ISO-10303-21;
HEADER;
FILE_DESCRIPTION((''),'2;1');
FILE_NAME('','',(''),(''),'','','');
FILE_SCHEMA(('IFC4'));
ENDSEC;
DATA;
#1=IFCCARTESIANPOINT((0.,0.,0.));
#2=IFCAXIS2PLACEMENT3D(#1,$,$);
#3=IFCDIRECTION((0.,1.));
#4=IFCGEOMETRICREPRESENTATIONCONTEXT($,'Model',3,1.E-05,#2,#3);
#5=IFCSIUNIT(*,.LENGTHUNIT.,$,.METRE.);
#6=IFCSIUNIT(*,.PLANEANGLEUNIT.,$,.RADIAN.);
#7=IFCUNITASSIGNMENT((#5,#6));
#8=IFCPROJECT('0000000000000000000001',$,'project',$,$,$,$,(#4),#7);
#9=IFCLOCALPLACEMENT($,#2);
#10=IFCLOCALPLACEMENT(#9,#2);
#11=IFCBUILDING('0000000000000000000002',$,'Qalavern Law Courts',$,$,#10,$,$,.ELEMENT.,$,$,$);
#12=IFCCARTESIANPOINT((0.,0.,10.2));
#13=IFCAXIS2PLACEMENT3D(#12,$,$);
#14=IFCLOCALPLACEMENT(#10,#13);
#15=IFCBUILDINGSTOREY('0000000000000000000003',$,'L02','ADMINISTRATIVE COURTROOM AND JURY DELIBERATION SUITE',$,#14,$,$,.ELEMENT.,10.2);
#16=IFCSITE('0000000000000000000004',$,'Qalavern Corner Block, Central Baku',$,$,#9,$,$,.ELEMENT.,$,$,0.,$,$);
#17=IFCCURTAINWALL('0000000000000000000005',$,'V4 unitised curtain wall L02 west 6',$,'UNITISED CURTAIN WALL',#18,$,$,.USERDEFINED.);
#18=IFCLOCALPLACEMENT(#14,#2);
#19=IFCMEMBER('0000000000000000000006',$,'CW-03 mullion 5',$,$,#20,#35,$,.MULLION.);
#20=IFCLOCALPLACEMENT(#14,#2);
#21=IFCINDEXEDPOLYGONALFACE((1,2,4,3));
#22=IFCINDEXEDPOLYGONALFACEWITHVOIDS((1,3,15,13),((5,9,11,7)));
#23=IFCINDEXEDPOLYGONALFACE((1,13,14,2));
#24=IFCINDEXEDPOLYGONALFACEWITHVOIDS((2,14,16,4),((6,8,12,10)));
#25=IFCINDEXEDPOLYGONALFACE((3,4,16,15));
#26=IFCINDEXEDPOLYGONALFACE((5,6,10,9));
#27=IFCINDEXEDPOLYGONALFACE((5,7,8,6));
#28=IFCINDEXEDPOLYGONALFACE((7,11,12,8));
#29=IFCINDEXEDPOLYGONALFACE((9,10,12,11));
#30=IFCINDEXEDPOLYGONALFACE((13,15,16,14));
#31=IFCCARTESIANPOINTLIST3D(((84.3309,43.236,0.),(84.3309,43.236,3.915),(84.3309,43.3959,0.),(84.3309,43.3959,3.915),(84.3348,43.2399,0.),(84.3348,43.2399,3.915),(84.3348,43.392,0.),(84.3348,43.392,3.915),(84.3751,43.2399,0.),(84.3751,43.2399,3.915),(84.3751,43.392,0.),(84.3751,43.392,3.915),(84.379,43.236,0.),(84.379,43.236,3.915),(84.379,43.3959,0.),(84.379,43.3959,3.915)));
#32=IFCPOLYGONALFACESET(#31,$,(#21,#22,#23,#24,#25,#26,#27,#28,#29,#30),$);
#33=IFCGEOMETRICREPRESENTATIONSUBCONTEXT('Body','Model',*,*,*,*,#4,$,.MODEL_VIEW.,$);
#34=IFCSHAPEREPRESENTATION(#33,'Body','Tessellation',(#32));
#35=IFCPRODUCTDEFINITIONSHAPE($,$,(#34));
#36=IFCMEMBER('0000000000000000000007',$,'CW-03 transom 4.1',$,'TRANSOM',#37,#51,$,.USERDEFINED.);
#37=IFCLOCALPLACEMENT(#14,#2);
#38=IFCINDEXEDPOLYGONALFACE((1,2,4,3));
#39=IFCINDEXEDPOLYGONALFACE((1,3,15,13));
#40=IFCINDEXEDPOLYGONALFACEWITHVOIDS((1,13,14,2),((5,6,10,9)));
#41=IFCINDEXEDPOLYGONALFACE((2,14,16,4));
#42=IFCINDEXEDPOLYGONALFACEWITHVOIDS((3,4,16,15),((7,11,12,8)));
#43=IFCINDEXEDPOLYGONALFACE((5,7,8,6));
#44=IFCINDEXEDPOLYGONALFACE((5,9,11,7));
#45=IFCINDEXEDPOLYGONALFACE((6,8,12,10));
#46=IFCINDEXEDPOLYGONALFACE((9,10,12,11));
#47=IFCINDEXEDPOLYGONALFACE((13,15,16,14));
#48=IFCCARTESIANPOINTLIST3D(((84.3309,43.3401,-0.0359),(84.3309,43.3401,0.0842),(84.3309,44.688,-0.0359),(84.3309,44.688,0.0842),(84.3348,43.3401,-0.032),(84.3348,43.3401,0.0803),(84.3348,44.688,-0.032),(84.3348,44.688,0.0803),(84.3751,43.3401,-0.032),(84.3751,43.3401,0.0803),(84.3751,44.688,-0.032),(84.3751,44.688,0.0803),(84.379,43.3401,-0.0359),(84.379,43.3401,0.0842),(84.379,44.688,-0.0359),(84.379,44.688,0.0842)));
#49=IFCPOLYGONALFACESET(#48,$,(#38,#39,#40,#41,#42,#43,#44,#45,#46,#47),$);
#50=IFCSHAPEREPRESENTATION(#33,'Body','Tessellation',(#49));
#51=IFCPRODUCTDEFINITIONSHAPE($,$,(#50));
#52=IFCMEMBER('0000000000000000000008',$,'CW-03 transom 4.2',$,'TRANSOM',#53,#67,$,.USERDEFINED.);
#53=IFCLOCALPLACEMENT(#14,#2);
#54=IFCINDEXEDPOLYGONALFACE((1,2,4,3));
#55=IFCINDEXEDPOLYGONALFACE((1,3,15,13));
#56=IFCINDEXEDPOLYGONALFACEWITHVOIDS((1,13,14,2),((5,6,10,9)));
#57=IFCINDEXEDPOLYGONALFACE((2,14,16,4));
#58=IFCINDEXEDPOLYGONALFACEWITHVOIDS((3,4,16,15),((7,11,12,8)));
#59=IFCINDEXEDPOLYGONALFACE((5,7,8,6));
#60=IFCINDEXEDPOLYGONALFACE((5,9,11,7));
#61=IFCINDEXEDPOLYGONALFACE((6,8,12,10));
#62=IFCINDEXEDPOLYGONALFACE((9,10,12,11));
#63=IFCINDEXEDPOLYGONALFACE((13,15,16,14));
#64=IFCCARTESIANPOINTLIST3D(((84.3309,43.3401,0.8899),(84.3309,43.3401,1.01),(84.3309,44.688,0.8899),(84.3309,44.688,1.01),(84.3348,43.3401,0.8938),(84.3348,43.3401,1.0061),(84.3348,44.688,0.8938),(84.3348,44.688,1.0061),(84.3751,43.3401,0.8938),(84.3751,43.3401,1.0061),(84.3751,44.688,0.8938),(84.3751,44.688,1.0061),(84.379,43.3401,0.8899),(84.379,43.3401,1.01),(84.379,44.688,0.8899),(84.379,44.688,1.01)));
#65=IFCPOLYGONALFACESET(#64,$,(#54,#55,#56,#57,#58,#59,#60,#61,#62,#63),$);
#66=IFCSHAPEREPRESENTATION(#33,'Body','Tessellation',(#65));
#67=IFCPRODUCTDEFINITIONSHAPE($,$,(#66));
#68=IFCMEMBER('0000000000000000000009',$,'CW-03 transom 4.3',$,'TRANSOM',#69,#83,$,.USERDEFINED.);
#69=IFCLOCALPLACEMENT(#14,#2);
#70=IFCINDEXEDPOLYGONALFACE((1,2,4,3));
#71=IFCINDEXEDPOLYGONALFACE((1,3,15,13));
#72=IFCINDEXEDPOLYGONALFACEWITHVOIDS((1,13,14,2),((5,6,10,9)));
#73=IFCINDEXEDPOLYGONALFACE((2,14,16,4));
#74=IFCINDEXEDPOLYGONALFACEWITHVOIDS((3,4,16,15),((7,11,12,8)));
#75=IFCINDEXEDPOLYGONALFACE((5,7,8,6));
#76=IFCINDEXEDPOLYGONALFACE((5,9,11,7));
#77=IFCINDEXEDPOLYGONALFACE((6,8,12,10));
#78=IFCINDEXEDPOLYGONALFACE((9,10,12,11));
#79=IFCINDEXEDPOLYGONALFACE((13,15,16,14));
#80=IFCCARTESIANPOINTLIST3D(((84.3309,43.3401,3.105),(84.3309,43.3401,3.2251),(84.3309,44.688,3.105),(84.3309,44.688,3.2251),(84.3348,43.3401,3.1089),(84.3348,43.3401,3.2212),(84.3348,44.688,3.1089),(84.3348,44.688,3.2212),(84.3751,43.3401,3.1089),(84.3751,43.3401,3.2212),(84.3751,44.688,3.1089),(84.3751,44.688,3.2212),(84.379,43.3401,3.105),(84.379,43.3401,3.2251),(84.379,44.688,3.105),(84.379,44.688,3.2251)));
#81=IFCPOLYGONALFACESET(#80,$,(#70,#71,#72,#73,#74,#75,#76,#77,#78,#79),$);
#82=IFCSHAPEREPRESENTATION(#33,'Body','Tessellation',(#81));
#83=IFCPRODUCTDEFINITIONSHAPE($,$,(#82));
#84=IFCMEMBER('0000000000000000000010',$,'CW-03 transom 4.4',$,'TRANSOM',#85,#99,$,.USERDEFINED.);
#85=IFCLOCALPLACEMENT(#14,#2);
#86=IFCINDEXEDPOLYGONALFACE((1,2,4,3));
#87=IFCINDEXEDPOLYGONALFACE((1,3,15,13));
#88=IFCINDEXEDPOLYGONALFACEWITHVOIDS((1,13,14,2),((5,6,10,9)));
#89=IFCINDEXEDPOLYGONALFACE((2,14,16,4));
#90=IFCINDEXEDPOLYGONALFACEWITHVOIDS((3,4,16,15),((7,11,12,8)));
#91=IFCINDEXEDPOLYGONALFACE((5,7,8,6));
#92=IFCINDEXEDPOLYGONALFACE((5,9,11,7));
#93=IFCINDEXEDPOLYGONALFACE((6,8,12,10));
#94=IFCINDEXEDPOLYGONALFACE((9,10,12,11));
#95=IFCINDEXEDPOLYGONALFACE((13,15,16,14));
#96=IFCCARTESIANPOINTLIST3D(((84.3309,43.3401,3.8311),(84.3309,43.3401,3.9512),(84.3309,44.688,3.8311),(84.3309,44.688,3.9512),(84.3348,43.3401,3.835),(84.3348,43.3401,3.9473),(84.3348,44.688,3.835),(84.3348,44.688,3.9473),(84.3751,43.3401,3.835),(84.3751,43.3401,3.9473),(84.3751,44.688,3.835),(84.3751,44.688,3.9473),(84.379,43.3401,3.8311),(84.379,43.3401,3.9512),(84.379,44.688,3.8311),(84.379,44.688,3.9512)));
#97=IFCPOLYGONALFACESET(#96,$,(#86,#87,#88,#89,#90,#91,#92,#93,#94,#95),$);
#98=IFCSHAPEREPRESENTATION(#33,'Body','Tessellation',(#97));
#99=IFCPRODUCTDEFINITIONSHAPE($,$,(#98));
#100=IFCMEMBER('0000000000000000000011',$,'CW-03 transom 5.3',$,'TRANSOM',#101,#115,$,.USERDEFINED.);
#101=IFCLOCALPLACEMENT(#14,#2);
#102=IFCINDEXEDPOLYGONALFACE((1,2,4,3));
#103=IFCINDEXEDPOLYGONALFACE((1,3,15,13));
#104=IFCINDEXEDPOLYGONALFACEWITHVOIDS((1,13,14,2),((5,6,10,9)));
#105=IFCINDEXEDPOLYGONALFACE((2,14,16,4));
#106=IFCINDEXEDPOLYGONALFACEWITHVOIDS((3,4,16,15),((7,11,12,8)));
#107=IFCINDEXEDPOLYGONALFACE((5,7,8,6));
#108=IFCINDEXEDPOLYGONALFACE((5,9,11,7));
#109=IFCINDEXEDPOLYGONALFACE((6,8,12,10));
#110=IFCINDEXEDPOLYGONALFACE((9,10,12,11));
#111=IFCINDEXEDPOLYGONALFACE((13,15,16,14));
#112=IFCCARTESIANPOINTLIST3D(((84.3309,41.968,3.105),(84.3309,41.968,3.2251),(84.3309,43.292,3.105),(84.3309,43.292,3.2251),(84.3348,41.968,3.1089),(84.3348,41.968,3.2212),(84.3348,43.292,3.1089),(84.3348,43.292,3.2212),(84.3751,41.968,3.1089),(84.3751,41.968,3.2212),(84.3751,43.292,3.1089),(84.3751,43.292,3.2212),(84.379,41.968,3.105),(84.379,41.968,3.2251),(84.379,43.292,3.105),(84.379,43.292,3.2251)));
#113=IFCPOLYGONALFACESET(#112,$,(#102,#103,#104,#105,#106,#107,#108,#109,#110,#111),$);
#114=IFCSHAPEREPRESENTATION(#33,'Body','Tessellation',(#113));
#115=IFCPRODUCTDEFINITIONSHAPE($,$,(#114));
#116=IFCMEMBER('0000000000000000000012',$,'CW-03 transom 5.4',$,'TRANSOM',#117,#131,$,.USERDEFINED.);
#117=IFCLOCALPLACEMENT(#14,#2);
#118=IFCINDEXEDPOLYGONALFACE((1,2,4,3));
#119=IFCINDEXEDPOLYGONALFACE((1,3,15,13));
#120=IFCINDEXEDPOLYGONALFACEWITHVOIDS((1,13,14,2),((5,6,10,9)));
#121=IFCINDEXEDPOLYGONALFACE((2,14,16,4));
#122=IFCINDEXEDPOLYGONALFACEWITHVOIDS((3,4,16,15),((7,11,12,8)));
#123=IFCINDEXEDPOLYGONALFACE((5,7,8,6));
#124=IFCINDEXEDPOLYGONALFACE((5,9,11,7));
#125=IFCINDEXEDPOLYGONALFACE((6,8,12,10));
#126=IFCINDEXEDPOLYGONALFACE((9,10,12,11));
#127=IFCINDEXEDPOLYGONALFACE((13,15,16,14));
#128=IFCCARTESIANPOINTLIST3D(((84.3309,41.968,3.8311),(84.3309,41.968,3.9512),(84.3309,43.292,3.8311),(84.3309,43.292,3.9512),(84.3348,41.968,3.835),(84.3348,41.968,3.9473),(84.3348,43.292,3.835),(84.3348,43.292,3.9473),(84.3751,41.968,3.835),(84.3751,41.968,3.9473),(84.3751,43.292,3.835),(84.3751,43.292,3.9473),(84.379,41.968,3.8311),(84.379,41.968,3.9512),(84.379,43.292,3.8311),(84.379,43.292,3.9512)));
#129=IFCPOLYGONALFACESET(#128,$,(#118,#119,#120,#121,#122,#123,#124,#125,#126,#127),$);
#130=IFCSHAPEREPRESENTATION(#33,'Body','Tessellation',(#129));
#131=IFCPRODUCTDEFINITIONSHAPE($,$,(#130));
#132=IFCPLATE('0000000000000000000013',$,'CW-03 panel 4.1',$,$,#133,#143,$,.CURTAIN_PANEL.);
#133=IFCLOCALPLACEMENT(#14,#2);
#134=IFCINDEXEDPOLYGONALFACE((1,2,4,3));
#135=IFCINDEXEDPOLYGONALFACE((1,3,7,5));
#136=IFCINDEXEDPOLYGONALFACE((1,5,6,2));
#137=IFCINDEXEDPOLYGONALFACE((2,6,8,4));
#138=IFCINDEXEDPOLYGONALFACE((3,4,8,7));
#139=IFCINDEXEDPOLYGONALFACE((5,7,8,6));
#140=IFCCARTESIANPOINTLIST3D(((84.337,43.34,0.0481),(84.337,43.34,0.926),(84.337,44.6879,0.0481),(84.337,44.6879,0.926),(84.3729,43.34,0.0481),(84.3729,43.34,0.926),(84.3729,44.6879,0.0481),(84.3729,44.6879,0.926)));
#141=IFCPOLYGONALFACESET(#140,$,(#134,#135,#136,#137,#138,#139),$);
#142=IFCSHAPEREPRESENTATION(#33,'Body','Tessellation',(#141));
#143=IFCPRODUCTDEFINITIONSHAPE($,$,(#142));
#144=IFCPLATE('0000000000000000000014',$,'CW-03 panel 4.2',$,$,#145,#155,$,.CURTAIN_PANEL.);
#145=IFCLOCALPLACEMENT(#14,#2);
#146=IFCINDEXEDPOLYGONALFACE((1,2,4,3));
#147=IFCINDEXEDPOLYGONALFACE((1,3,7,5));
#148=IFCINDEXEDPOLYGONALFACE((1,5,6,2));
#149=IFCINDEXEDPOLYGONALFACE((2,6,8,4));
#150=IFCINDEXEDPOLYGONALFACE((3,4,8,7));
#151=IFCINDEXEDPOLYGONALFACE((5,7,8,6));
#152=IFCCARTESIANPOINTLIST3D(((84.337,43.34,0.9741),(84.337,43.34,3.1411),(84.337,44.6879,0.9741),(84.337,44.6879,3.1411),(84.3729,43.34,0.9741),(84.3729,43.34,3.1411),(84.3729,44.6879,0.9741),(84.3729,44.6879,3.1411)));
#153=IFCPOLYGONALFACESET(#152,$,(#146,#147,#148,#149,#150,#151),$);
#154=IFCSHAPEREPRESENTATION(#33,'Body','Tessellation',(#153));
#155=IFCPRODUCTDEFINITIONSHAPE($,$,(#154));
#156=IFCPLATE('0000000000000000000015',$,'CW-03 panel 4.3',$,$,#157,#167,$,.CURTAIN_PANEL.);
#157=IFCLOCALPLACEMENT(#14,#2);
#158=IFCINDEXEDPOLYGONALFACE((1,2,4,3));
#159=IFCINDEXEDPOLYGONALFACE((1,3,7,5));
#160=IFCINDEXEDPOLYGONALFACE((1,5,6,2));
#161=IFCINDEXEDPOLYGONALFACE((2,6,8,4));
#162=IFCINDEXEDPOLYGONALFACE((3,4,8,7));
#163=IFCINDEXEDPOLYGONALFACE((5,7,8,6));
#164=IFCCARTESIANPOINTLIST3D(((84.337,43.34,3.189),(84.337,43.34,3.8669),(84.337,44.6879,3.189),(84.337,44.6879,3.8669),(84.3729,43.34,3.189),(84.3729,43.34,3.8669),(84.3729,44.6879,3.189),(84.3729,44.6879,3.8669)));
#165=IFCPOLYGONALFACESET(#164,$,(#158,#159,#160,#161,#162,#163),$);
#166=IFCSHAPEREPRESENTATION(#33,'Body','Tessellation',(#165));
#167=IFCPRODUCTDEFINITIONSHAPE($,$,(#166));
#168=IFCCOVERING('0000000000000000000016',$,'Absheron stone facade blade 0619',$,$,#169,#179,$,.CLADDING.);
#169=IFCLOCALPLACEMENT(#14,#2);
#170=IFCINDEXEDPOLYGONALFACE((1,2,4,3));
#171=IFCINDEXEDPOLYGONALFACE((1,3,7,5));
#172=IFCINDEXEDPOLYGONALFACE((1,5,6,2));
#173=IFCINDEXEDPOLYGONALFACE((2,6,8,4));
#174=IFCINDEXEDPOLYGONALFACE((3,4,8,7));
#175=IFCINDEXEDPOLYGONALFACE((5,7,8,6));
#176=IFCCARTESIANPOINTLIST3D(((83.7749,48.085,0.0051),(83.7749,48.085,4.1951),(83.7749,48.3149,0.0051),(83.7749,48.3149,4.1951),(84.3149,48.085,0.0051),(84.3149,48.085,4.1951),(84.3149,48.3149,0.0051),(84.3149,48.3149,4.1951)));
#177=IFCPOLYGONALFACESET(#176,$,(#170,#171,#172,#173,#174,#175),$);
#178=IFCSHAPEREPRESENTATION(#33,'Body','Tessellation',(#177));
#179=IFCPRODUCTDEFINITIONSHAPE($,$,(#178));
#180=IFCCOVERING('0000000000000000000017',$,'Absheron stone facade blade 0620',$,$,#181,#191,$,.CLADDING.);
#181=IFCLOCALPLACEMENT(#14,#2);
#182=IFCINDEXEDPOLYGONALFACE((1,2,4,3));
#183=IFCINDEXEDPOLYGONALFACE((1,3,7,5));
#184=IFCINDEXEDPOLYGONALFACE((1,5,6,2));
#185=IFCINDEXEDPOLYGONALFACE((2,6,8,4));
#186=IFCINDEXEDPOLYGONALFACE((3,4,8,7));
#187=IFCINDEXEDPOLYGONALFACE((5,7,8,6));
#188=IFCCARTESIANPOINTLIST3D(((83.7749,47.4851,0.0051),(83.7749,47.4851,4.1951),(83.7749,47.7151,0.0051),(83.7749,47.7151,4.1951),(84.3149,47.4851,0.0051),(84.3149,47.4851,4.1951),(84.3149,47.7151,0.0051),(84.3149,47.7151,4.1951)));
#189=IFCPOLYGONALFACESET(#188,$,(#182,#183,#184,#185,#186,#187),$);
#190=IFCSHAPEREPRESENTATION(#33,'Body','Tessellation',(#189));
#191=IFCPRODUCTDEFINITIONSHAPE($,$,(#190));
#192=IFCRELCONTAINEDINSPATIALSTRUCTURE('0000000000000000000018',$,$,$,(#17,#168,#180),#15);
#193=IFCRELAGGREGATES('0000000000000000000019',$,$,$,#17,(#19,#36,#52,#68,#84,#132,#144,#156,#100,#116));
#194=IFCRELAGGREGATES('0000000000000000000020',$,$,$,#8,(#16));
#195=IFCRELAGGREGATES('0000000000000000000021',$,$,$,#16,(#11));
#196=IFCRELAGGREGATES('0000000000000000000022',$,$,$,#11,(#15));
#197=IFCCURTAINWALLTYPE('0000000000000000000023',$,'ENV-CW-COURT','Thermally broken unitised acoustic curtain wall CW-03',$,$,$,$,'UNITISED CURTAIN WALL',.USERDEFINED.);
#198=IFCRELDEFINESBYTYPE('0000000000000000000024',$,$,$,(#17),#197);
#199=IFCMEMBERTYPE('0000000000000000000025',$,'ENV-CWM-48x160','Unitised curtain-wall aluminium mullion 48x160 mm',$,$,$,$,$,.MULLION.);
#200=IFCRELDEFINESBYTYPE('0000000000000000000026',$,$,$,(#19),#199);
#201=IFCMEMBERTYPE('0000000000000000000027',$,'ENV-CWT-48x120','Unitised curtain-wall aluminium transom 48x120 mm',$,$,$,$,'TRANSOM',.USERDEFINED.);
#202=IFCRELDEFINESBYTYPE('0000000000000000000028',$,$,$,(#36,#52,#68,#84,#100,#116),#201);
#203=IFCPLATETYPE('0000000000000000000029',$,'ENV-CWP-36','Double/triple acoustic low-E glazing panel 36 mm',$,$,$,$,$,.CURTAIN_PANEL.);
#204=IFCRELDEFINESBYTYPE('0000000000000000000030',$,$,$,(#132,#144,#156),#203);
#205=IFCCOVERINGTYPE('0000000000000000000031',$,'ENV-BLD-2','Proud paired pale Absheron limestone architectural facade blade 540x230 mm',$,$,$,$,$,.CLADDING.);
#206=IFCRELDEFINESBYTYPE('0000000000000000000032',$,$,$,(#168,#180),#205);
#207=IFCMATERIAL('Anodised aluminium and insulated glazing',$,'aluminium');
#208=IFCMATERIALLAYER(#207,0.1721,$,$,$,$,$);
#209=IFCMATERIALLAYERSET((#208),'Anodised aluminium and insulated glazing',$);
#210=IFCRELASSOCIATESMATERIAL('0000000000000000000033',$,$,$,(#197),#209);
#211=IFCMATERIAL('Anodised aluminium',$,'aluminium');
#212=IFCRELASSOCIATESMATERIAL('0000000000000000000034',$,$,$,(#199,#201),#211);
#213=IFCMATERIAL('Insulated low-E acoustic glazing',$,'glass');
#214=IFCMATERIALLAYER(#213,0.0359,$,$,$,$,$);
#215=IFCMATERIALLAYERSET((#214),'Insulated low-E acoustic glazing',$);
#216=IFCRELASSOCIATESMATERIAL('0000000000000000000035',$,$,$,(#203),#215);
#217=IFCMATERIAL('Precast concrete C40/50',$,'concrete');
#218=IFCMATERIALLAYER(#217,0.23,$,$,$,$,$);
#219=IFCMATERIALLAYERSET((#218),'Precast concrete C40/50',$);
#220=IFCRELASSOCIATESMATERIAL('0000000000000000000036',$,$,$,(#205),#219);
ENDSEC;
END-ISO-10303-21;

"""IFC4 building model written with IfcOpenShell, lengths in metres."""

from ifc_helpers import new_model, si_unit, direction, frame, origin, origin_2d, place, context, subcontext, project, spatial, rectangle, hollow_rectangle, extrude, material, layer, layer_set, material_profile, profile_set, type_object, element, aggregate, save


model = new_model("IFC4")

# Units and contexts
model_context = context("Model", 3, precision=1e-05, world=origin(), true_north=direction((0.0, 1.0)))
body_context = subcontext(model_context, "Body", "Model", "MODEL_VIEW")
ifc_project = project(units=[si_unit("LENGTHUNIT", "METRE"), si_unit("PLANEANGLEUNIT", "RADIAN")], contexts=[model_context])

# Site, building, storey
site_placement = place(None, origin())
site = spatial("IfcSite", under=ifc_project, at=site_placement, Name="Qalavern Corner Block, Central Baku", CompositionType="ELEMENT", RefElevation=0.0)
building_placement = place(site_placement, origin())
building = spatial("IfcBuilding", under=site, at=building_placement, Name="Qalavern Law Courts", CompositionType="ELEMENT")
storey_placement = place(building_placement, frame((0.0, 0.0, 10.2)))
storey = spatial("IfcBuildingStorey", under=building, at=storey_placement, Name="L02", Description="ADMINISTRATIVE COURTROOM AND JURY DELIBERATION SUITE", CompositionType="ELEMENT", Elevation=10.2)

# Curtain wall, members, plates
ifc_material_1 = material(Name="Anodised aluminium and insulated glazing", Category="aluminium")
ifc_layer_1 = layer(ifc_material_1, 0.1721)
ifc_layer_set_1 = layer_set([ifc_layer_1], Name="Anodised aluminium and insulated glazing")
curtain_wall_type = type_object("IfcCurtainWallType", Name="ENV-CW-COURT", Description="Thermally broken unitised acoustic curtain wall CW-03", ElementType="UNITISED CURTAIN WALL", PredefinedType="USERDEFINED", material=ifc_layer_set_1)
curtain_wall_placement = place(storey_placement, origin())
curtain_wall = element("IfcCurtainWall", 1, at=curtain_wall_placement, inside=storey, type_object=curtain_wall_type, Name="V4 unitised curtain wall L02 west 6", ObjectType="UNITISED CURTAIN WALL", PredefinedType="USERDEFINED")
ifc_material_2 = material(Name="Anodised aluminium", Category="aluminium")
ifc_material_profile_1 = material_profile(ifc_material_2, hollow_rectangle(XDim=0.0481, YDim=0.1599, WallThickness=0.0039, at=origin_2d()), Name="ALU MULLION 48x160")
ifc_profile_set_1 = profile_set([ifc_material_profile_1], Name="Anodised aluminium")
member_type_1 = type_object("IfcMemberType", Name="ENV-CWM-48x160", Description="Unitised curtain-wall aluminium mullion 48x160 mm", PredefinedType="MULLION", material=ifc_profile_set_1)
member_1_placement = place(storey_placement, frame((84.355, 43.3159, 0.0), z_axis=(0.0, 0.0, 1.0), x_axis=(1.0, 0.0, 0.0)))
member_1 = element("IfcMember", 2, at=member_1_placement, type_object=member_type_1, Name="CW-03 mullion 5", PredefinedType="MULLION", context=body_context, shape_type="SweptSolid", body=[
    extrude(hollow_rectangle(XDim=0.0481, YDim=0.1599, WallThickness=0.0039, at=origin_2d()), origin(), (0.0, 0.0, 1.0), 3.915),
])
ifc_material_profile_2 = material_profile(ifc_material_2, hollow_rectangle(XDim=0.0481, YDim=0.1201, WallThickness=0.0039, at=origin_2d()), Name="ALU TRANSOM 48x120")
ifc_profile_set_2 = profile_set([ifc_material_profile_2], Name="Anodised aluminium")
member_type_2 = type_object("IfcMemberType", Name="ENV-CWT-48x120", Description="Unitised curtain-wall aluminium transom 48x120 mm", ElementType="TRANSOM", PredefinedType="USERDEFINED", material=ifc_profile_set_2)
member_2_placement = place(storey_placement, frame((84.355, 44.688, 0.0242), z_axis=(0.0, -1.0, 0.0), x_axis=(1.0, 0.0, 0.0)))
member_2 = element("IfcMember", 3, at=member_2_placement, type_object=member_type_2, Name="CW-03 transom 4.1", ObjectType="TRANSOM", PredefinedType="USERDEFINED", context=body_context, shape_type="SweptSolid", body=[
    extrude(hollow_rectangle(XDim=0.0481, YDim=0.1201, WallThickness=0.0039, at=origin_2d()), origin(), (0.0, 0.0, 1.0), 1.3479),
])
member_3_placement = place(storey_placement, frame((84.355, 44.688, 0.95), z_axis=(0.0, -1.0, 0.0), x_axis=(1.0, 0.0, 0.0)))
member_3 = element("IfcMember", 4, at=member_3_placement, type_object=member_type_2, Name="CW-03 transom 4.2", ObjectType="TRANSOM", PredefinedType="USERDEFINED", context=body_context, shape_type="SweptSolid", body=[
    extrude(hollow_rectangle(XDim=0.0481, YDim=0.1201, WallThickness=0.0039, at=origin_2d()), origin(), (0.0, 0.0, 1.0), 1.3479),
])
member_4_placement = place(storey_placement, frame((84.355, 44.688, 3.165), z_axis=(0.0, -1.0, 0.0), x_axis=(1.0, 0.0, 0.0)))
member_4 = element("IfcMember", 5, at=member_4_placement, type_object=member_type_2, Name="CW-03 transom 4.3", ObjectType="TRANSOM", PredefinedType="USERDEFINED", context=body_context, shape_type="SweptSolid", body=[
    extrude(hollow_rectangle(XDim=0.0481, YDim=0.1201, WallThickness=0.0039, at=origin_2d()), origin(), (0.0, 0.0, 1.0), 1.3479),
])
member_5_placement = place(storey_placement, frame((84.355, 44.688, 3.8911), z_axis=(0.0, -1.0, 0.0), x_axis=(1.0, 0.0, 0.0)))
member_5 = element("IfcMember", 6, at=member_5_placement, type_object=member_type_2, Name="CW-03 transom 4.4", ObjectType="TRANSOM", PredefinedType="USERDEFINED", context=body_context, shape_type="SweptSolid", body=[
    extrude(hollow_rectangle(XDim=0.0481, YDim=0.1201, WallThickness=0.0039, at=origin_2d()), origin(), (0.0, 0.0, 1.0), 1.3479),
])
member_6_placement = place(storey_placement, frame((84.355, 43.292, 3.165), z_axis=(0.0, -1.0, 0.0), x_axis=(1.0, 0.0, 0.0)))
member_6 = element("IfcMember", 7, at=member_6_placement, type_object=member_type_2, Name="CW-03 transom 5.3", ObjectType="TRANSOM", PredefinedType="USERDEFINED", context=body_context, shape_type="SweptSolid", body=[
    extrude(hollow_rectangle(XDim=0.0481, YDim=0.1201, WallThickness=0.0039, at=origin_2d()), origin(), (0.0, 0.0, 1.0), 1.324),
])
member_7_placement = place(storey_placement, frame((84.355, 43.292, 3.8911), z_axis=(0.0, -1.0, 0.0), x_axis=(1.0, 0.0, 0.0)))
member_7 = element("IfcMember", 8, at=member_7_placement, type_object=member_type_2, Name="CW-03 transom 5.4", ObjectType="TRANSOM", PredefinedType="USERDEFINED", context=body_context, shape_type="SweptSolid", body=[
    extrude(hollow_rectangle(XDim=0.0481, YDim=0.1201, WallThickness=0.0039, at=origin_2d()), origin(), (0.0, 0.0, 1.0), 1.324),
])
ifc_material_3 = material(Name="Insulated low-E acoustic glazing", Category="glass")
ifc_layer_2 = layer(ifc_material_3, 0.0359)
ifc_layer_set_2 = layer_set([ifc_layer_2], Name="Insulated low-E acoustic glazing")
plate_type = type_object("IfcPlateType", Name="ENV-CWP-36", Description="Double/triple acoustic low-E glazing panel 36 mm", PredefinedType="CURTAIN_PANEL", material=ifc_layer_set_2)
plate_1_placement = place(storey_placement, frame((84.355, 44.0139, 0.0481), z_axis=(0.0, 0.0, 1.0), x_axis=(0.0, -1.0, 0.0)))
plate_1 = element("IfcPlate", 9, at=plate_1_placement, type_object=plate_type, Name="CW-03 panel 4.1", PredefinedType="CURTAIN_PANEL", context=body_context, shape_type="SweptSolid", body=[
    extrude(rectangle(XDim=1.3479, YDim=0.0359, at=origin_2d()), origin(), (0.0, 0.0, 1.0), 0.8779),
])
plate_2_placement = place(storey_placement, frame((84.355, 44.0139, 0.9741), z_axis=(0.0, 0.0, 1.0), x_axis=(0.0, -1.0, 0.0)))
plate_2 = element("IfcPlate", 10, at=plate_2_placement, type_object=plate_type, Name="CW-03 panel 4.2", PredefinedType="CURTAIN_PANEL", context=body_context, shape_type="SweptSolid", body=[
    extrude(rectangle(XDim=1.3479, YDim=0.0359, at=origin_2d()), origin(), (0.0, 0.0, 1.0), 2.167),
])
plate_3_placement = place(storey_placement, frame((84.355, 44.0139, 3.189), z_axis=(0.0, 0.0, 1.0), x_axis=(0.0, -1.0, 0.0)))
plate_3 = element("IfcPlate", 11, at=plate_3_placement, type_object=plate_type, Name="CW-03 panel 4.3", PredefinedType="CURTAIN_PANEL", context=body_context, shape_type="SweptSolid", body=[
    extrude(rectangle(XDim=1.3479, YDim=0.0359, at=origin_2d()), origin(), (0.0, 0.0, 1.0), 0.678),
])
aggregate(curtain_wall, [member_1, member_2, member_3, member_4, member_5, plate_1, plate_2, plate_3, member_6, member_7])

# Coverings
ifc_material_4 = material(Name="Precast concrete C40/50", Category="concrete")
ifc_layer_3 = layer(ifc_material_4, 0.23)
ifc_layer_set_3 = layer_set([ifc_layer_3], Name="Precast concrete C40/50")
covering_type_1 = type_object("IfcCoveringType", Name="ENV-BLD-2", Description="Proud paired pale Absheron limestone architectural facade blade 540x230 mm", PredefinedType="CLADDING", material=ifc_layer_set_3)
for number, where, z_axis, x_axis, name in (
    (12, (84.0449, 48.2, 0.0051), (0.0, 0.0, 1.0), (-1.0, 0.0, 0.0), "Absheron stone facade blade 0619"),
    (13, (84.0449, 47.6001, 0.0051), (0.0, 0.0, 1.0), (-1.0, 0.0, 0.0), "Absheron stone facade blade 0620"),
):
    element("IfcCovering", number, at=place(storey_placement, frame(where, z_axis=z_axis, x_axis=x_axis)), inside=storey, type_object=covering_type_1, Name=name, PredefinedType="CLADDING", context=body_context, shape_type="SweptSolid", body=[
        extrude(rectangle(XDim=0.54, YDim=0.23, at=origin_2d()), origin(), (0.0, 0.0, 1.0), 4.1899),
    ])

save(model, "model.ifc")
